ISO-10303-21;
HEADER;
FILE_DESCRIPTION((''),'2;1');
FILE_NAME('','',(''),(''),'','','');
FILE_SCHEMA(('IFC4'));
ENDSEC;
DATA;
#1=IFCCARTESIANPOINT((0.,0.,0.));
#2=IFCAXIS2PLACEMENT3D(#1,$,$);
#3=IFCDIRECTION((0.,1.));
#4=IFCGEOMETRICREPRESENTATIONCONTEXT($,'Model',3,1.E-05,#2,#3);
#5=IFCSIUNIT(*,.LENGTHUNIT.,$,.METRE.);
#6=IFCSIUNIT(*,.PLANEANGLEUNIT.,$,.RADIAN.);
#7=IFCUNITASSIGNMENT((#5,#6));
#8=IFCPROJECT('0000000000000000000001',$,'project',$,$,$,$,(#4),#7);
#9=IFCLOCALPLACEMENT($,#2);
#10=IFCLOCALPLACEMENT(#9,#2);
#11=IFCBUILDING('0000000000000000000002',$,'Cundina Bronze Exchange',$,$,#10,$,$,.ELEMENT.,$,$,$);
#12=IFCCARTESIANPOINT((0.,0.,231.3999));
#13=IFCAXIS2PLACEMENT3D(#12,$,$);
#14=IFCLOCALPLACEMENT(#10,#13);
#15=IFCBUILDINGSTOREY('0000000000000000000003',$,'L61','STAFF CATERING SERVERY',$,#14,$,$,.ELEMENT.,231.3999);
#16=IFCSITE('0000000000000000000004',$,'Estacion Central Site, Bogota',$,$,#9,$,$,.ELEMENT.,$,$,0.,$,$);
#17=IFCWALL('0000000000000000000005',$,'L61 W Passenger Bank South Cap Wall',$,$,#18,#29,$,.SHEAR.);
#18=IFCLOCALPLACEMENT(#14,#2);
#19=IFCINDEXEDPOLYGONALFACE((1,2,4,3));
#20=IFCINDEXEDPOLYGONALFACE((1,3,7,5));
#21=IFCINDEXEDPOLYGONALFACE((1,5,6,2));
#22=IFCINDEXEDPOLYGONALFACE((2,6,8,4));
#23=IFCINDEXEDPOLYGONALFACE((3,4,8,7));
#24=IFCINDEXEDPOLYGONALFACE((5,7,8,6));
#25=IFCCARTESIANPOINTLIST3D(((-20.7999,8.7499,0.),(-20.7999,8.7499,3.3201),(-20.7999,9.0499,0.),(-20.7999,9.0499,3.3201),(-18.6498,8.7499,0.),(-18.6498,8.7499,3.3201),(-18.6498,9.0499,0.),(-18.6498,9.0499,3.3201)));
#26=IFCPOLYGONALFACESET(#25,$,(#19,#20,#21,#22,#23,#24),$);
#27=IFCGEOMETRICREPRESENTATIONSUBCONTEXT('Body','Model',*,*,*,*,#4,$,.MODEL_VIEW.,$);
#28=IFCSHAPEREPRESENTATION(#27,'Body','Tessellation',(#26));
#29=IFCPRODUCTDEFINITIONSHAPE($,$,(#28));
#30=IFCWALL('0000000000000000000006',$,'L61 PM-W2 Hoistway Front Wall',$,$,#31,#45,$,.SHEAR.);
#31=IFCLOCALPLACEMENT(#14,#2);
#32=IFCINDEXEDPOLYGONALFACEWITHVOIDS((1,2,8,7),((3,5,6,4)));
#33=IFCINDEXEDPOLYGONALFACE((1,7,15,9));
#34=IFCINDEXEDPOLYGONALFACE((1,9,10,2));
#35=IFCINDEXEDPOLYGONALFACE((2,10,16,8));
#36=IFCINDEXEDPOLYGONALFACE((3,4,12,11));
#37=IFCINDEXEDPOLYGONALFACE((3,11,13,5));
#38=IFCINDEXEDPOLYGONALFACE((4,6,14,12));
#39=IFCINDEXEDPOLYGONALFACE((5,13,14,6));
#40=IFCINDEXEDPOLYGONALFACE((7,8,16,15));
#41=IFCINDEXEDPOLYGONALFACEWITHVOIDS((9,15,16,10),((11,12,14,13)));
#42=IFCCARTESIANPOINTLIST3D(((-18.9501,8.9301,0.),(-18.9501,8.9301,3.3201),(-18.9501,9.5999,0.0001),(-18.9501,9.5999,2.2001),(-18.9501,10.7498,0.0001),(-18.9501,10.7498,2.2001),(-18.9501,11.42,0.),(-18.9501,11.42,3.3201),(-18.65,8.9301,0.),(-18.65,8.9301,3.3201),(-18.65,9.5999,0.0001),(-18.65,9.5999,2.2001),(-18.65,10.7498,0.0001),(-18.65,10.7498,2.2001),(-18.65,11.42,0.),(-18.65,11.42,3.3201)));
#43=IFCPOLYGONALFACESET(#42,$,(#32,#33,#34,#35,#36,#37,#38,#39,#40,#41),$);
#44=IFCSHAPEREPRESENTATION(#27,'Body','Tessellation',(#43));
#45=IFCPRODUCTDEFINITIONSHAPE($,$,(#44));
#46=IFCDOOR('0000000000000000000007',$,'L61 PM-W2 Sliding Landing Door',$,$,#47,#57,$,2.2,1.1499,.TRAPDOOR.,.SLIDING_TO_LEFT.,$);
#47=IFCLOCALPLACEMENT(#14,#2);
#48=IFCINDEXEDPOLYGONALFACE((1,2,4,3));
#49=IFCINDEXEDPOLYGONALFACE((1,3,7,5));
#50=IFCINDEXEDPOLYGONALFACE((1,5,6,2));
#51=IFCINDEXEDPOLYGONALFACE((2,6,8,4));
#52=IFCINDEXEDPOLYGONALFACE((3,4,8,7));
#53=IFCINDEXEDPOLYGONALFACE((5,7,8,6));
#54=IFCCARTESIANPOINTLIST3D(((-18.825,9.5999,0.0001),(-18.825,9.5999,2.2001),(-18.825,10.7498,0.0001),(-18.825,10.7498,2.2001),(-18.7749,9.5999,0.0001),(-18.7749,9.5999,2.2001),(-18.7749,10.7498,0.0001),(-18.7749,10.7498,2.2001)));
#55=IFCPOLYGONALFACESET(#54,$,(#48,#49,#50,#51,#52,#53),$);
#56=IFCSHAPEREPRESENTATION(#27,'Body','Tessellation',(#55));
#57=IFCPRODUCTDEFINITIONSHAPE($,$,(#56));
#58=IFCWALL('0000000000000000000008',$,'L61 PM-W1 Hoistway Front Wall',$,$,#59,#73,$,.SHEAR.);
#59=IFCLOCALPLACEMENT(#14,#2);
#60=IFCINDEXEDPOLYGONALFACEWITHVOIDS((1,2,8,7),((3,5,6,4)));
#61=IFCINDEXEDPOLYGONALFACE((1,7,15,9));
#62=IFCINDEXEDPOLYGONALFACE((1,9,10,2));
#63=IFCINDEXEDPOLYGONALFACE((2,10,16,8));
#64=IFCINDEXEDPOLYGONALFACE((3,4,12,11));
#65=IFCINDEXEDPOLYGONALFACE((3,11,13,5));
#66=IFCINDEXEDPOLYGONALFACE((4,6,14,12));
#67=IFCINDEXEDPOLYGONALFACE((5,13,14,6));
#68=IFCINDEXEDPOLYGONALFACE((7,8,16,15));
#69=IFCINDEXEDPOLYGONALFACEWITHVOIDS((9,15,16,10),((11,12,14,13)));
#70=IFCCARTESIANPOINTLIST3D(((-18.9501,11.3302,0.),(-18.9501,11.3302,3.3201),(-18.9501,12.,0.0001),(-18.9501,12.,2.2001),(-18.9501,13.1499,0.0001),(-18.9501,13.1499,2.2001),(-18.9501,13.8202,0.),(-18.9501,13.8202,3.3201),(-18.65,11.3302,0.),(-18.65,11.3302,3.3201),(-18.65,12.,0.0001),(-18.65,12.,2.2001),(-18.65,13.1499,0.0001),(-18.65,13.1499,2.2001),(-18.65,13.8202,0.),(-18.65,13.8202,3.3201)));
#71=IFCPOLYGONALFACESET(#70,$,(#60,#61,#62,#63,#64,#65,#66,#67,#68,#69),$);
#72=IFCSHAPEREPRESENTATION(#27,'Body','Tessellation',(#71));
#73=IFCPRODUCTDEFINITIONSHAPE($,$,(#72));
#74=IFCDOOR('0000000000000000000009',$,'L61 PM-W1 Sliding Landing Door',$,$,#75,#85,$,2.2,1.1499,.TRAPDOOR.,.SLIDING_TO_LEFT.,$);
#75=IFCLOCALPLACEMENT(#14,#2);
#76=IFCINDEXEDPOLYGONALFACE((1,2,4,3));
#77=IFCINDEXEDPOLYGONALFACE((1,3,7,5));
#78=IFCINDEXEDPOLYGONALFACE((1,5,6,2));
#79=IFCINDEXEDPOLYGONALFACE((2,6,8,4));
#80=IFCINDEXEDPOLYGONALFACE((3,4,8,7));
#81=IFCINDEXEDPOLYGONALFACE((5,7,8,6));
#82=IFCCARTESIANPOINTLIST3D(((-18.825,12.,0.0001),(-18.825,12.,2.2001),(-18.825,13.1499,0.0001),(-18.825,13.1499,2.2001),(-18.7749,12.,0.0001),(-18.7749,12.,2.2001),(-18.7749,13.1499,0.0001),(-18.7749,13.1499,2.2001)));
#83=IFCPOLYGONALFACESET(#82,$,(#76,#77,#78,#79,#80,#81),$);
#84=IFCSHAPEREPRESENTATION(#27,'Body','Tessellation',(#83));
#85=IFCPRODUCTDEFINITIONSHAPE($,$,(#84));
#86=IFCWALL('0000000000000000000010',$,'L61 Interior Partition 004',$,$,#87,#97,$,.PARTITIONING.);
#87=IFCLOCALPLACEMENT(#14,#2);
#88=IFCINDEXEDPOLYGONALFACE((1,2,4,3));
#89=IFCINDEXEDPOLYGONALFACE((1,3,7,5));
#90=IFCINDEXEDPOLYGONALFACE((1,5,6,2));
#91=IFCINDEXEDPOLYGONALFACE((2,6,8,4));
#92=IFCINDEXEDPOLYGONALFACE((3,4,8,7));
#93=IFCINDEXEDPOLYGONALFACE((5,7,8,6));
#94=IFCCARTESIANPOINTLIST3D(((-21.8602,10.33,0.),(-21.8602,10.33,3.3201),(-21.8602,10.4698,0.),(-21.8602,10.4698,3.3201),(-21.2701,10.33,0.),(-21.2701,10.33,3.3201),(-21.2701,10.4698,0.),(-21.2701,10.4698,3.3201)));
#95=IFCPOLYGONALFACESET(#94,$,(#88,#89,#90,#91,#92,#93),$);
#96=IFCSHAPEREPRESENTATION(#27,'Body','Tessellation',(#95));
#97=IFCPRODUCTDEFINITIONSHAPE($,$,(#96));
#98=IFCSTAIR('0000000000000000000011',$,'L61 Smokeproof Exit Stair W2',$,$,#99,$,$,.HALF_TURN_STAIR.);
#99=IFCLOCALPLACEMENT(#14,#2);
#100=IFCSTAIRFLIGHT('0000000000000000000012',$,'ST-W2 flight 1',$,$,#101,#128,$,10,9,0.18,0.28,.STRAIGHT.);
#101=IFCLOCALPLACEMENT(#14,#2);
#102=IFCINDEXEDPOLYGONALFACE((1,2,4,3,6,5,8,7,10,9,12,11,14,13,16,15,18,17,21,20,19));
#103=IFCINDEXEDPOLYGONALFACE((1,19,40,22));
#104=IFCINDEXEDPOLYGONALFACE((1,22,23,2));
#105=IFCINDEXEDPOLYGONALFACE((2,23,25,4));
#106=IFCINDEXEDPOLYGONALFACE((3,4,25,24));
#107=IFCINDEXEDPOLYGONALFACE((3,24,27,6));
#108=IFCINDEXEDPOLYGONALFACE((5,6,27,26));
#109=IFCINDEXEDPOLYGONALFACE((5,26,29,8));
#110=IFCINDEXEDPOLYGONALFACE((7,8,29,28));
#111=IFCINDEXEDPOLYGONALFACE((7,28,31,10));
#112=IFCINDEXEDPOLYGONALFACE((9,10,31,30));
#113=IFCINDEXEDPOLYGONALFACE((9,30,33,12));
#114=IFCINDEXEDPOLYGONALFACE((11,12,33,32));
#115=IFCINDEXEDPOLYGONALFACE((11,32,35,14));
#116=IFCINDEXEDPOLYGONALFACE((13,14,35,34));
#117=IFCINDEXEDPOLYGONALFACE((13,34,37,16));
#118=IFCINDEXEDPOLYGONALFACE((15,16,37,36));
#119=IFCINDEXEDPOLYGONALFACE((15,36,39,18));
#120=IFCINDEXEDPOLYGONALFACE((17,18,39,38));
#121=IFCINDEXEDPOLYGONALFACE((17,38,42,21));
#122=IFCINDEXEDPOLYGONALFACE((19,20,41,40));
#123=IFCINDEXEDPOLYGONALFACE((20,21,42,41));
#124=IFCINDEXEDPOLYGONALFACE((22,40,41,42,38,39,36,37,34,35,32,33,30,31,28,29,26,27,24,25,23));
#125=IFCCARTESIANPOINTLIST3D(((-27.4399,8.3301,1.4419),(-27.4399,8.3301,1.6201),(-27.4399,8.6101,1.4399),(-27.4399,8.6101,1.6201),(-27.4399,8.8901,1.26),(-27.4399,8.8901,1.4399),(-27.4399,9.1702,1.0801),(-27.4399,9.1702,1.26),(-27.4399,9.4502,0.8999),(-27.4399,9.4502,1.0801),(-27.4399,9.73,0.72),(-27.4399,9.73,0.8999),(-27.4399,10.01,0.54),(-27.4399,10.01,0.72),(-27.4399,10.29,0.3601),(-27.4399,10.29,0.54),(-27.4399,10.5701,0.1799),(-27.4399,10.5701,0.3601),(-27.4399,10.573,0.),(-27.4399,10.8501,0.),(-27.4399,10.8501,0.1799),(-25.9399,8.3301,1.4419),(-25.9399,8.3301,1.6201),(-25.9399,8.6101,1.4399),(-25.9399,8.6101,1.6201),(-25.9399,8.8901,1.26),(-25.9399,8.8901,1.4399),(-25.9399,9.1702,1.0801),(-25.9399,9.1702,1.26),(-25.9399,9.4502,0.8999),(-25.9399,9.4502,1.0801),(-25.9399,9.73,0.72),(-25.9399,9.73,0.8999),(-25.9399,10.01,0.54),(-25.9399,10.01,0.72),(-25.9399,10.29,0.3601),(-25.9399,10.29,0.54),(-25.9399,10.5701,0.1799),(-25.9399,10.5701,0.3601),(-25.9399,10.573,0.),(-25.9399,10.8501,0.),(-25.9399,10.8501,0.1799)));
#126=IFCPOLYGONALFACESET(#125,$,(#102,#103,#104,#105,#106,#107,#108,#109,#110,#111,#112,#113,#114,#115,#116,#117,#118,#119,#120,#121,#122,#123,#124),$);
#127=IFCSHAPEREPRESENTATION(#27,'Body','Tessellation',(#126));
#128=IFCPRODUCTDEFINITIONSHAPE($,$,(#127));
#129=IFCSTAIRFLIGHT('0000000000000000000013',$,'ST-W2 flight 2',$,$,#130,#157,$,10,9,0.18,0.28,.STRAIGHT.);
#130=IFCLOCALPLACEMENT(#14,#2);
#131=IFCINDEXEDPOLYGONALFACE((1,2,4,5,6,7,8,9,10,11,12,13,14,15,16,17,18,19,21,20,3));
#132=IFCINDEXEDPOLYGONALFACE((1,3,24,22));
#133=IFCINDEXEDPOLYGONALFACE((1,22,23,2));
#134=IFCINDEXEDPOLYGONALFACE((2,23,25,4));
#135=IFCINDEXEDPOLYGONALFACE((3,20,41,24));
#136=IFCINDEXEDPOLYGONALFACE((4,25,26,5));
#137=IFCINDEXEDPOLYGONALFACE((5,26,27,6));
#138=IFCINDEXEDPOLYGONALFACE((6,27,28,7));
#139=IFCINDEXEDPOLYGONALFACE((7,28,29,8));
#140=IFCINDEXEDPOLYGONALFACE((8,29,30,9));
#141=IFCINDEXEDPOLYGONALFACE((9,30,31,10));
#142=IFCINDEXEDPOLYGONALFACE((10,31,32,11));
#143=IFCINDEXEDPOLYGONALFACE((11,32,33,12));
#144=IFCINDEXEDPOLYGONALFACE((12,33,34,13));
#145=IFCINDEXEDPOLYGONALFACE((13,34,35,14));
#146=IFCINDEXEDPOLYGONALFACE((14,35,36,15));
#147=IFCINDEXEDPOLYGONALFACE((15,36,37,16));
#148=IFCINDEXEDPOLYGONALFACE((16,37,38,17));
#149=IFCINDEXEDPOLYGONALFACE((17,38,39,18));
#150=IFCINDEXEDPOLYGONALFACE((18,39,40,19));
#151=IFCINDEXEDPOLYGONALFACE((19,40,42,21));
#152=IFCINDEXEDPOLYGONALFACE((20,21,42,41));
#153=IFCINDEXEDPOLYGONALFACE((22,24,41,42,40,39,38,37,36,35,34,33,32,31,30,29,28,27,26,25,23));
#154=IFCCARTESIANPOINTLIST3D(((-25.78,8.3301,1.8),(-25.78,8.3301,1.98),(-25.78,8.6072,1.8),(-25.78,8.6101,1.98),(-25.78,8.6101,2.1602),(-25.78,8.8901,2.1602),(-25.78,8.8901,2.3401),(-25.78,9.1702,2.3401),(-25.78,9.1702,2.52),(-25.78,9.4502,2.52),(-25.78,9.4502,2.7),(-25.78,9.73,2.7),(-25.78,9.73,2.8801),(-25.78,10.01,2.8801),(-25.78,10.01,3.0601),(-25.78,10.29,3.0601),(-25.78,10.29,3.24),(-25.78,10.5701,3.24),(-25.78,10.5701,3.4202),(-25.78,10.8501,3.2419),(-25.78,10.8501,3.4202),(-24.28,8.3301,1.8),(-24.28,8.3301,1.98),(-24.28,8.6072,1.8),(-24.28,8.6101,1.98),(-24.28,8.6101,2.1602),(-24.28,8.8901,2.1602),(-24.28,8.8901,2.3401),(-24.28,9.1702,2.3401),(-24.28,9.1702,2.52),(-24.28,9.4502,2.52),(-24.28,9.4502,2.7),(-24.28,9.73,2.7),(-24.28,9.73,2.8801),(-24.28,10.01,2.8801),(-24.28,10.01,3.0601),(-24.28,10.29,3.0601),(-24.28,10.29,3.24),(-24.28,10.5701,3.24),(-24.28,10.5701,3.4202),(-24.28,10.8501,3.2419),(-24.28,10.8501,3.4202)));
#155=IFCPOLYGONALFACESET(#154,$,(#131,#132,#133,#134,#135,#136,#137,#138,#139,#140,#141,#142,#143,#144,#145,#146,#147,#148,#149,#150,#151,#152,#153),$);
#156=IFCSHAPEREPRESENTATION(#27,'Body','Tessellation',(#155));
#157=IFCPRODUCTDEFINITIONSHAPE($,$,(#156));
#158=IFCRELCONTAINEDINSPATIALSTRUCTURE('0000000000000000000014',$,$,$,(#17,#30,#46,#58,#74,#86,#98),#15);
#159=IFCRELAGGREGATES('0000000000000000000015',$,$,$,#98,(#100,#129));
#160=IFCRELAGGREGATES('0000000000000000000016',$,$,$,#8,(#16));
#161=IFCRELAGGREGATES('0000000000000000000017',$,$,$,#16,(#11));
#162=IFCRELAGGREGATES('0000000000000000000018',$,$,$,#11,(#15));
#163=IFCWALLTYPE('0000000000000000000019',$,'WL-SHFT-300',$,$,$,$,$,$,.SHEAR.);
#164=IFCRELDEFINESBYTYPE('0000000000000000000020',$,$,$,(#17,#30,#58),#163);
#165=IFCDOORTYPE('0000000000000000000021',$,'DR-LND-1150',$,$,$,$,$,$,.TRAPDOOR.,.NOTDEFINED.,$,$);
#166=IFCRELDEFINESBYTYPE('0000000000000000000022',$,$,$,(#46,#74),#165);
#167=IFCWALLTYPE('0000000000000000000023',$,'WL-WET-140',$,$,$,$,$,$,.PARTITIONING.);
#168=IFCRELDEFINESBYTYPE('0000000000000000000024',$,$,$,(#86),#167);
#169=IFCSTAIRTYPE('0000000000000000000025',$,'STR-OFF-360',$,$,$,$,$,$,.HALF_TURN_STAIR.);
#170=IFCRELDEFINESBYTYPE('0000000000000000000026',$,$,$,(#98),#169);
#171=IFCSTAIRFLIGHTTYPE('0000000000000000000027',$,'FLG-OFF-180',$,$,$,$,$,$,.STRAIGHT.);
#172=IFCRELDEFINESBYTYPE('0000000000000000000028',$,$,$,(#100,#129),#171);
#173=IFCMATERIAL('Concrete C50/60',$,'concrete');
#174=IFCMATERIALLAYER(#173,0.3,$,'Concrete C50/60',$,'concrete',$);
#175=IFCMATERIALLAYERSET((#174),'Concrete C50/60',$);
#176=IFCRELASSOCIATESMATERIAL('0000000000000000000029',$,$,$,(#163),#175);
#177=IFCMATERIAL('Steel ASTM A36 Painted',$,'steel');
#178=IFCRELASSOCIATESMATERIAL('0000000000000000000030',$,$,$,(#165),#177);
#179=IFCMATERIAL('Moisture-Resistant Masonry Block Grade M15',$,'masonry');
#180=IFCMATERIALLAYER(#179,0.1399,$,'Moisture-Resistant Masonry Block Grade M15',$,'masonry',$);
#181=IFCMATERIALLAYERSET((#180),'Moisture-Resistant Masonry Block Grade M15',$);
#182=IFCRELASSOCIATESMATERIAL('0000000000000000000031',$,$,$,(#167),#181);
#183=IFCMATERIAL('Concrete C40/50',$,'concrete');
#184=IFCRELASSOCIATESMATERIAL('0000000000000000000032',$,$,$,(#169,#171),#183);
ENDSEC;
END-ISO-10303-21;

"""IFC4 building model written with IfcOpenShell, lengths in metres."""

from ifc_helpers import new_model, si_unit, direction, frame, frame_2d, origin, place, context, subcontext, project, spatial, polyline, rectangle, outline, extrude, material, layer, layer_set, type_object, element, fill, aggregate, save


model = new_model("IFC4")

# Units and contexts
model_context = context("Model", 3, precision=1e-05, world=origin(), true_north=direction((0.0, 1.0)))
body_context = subcontext(model_context, "Body", "Model", "MODEL_VIEW")
ifc_project = project(units=[si_unit("LENGTHUNIT", "METRE"), si_unit("PLANEANGLEUNIT", "RADIAN")], contexts=[model_context])

# Site, building, storey
site_placement = place(None, origin())
site = spatial("IfcSite", under=ifc_project, at=site_placement, Name="Estacion Central Site, Bogota", CompositionType="ELEMENT", RefElevation=0.0)
building_placement = place(site_placement, origin())
building = spatial("IfcBuilding", under=site, at=building_placement, Name="Cundina Bronze Exchange", CompositionType="ELEMENT")
storey_placement = place(building_placement, frame((0.0, 0.0, 231.3999)))
storey = spatial("IfcBuildingStorey", under=building, at=storey_placement, Name="L61", Description="STAFF CATERING SERVERY", CompositionType="ELEMENT", Elevation=231.3999)

# Shared definitions
ifc_material_1 = material(Name="Concrete C50/60", Category="concrete")

# Shared definitions
ifc_layer_1 = layer(ifc_material_1, 0.3, Name="Concrete C50/60", Category="concrete")
ifc_layer_set_1 = layer_set([ifc_layer_1], Name="Concrete C50/60")
wall_type_1 = type_object("IfcWallType", Name="WL-SHFT-300", PredefinedType="SHEAR", material=ifc_layer_set_1)
ifc_material_2 = material(Name="Steel ASTM A36 Painted", Category="steel")
door_type = type_object("IfcDoorType", Name="DR-LND-1150", OperationType="NOTDEFINED", PredefinedType="TRAPDOOR", material=ifc_material_2)

# Wall
wall_1_placement = place(storey_placement, frame((-20.8, 8.8999, 0.0), z_axis=(0.0, 0.0, 1.0), x_axis=(1.0, 0.0, 0.0)))
element("IfcWall", 1, at=wall_1_placement, inside=storey, type_object=wall_type_1, Name="L61 W Passenger Bank South Cap Wall", PredefinedType="SHEAR", context=body_context, shape_type="SweptSolid", body=[
    extrude(rectangle(XDim=2.1501, YDim=0.3, at=frame_2d((1.0752, 0.0))), origin(), (0.0, 0.0, 1.0), 3.3201),
])

# Walls, openings, doors
wall_2_placement = place(storey_placement, frame((-18.8, 8.9299, 0.0), z_axis=(0.0, 0.0, 1.0), x_axis=(0.0, 1.0, 0.0)))
wall_2 = element("IfcWall", 2, at=wall_2_placement, inside=storey, type_object=wall_type_1, Name="L61 PM-W2 Hoistway Front Wall", PredefinedType="SHEAR", context=body_context, shape_type="SweptSolid", body=[
    extrude(rectangle(XDim=2.49, YDim=0.3, at=frame_2d((1.2451, 0.0))), origin(), (0.0, 0.0, 1.0), 3.3201),
])
opening_1_placement = place(wall_2_placement, frame((0.6699, 0.0, 0.0)))
opening_1 = element("IfcOpeningElement", 3, at=opening_1_placement, cuts=wall_2, PredefinedType="OPENING", context=body_context, shape_type="SweptSolid", body=[
    extrude(rectangle(XDim=1.1499, YDim=2.2, at=frame_2d((0.575, 1.1001))), frame((0.0, 0.1599, 0.0), z_axis=(0.0, -1.0, 0.0), x_axis=(1.0, 0.0, 0.0)), (0.0, 0.0, 1.0), 0.3201),
])
door_1_placement = place(opening_1_placement, origin())
door_1 = element("IfcDoor", 4, at=door_1_placement, inside=storey, type_object=door_type, Name="L61 PM-W2 Sliding Landing Door", OperationType="SLIDING_TO_LEFT", OverallHeight=2.2, OverallWidth=1.1499, PredefinedType="TRAPDOOR", context=body_context, shape_type="SweptSolid", body=[
    extrude(rectangle(XDim=1.1499, YDim=2.2, at=frame_2d((0.575, 1.1001))), frame((0.0, 0.0249, 0.0), z_axis=(0.0, -1.0, 0.0), x_axis=(1.0, 0.0, 0.0)), (0.0, 0.0, 1.0), 0.05),
])
fill(opening_1, door_1)
wall_3_placement = place(storey_placement, frame((-18.8, 11.3301, 0.0), z_axis=(0.0, 0.0, 1.0), x_axis=(0.0, 1.0, 0.0)))
wall_3 = element("IfcWall", 5, at=wall_3_placement, inside=storey, type_object=wall_type_1, Name="L61 PM-W1 Hoistway Front Wall", PredefinedType="SHEAR", context=body_context, shape_type="SweptSolid", body=[
    extrude(rectangle(XDim=2.49, YDim=0.3, at=frame_2d((1.2451, 0.0))), origin(), (0.0, 0.0, 1.0), 3.3201),
])
opening_2_placement = place(wall_3_placement, frame((0.6699, 0.0, 0.0)))
opening_2 = element("IfcOpeningElement", 6, at=opening_2_placement, cuts=wall_3, PredefinedType="OPENING", context=body_context, shape_type="SweptSolid", body=[
    extrude(rectangle(XDim=1.1499, YDim=2.2, at=frame_2d((0.575, 1.1001))), frame((0.0, 0.1599, 0.0), z_axis=(0.0, -1.0, 0.0), x_axis=(1.0, 0.0, 0.0)), (0.0, 0.0, 1.0), 0.3201),
])
door_2_placement = place(opening_2_placement, origin())
door_2 = element("IfcDoor", 7, at=door_2_placement, inside=storey, type_object=door_type, Name="L61 PM-W1 Sliding Landing Door", OperationType="SLIDING_TO_LEFT", OverallHeight=2.2, OverallWidth=1.1499, PredefinedType="TRAPDOOR", context=body_context, shape_type="SweptSolid", body=[
    extrude(rectangle(XDim=1.1499, YDim=2.2, at=frame_2d((0.575, 1.1001))), frame((0.0, 0.0249, 0.0), z_axis=(0.0, -1.0, 0.0), x_axis=(1.0, 0.0, 0.0)), (0.0, 0.0, 1.0), 0.05),
])
fill(opening_2, door_2)

# Wall
ifc_material_3 = material(Name="Moisture-Resistant Masonry Block Grade M15", Category="masonry")
ifc_layer_2 = layer(ifc_material_3, 0.1399, Name="Moisture-Resistant Masonry Block Grade M15", Category="masonry")
ifc_layer_set_2 = layer_set([ifc_layer_2], Name="Moisture-Resistant Masonry Block Grade M15")
wall_type_2 = type_object("IfcWallType", Name="WL-WET-140", PredefinedType="PARTITIONING", material=ifc_layer_set_2)
wall_4_placement = place(storey_placement, frame((-21.8601, 10.3999, 0.0), z_axis=(0.0, 0.0, 1.0), x_axis=(1.0, 0.0, 0.0)))
element("IfcWall", 8, at=wall_4_placement, inside=storey, type_object=wall_type_2, Name="L61 Interior Partition 004", PredefinedType="PARTITIONING", context=body_context, shape_type="SweptSolid", body=[
    extrude(rectangle(XDim=0.5901, YDim=0.1399, at=frame_2d((0.2949, 0.0))), origin(), (0.0, 0.0, 1.0), 3.3201),
])

# Stair, stair flights
ifc_material_4 = material(Name="Concrete C40/50", Category="concrete")
stair_type = type_object("IfcStairType", Name="STR-OFF-360", PredefinedType="HALF_TURN_STAIR", material=ifc_material_4)
stair_placement = place(storey_placement, origin())
stair = element("IfcStair", 9, at=stair_placement, inside=storey, type_object=stair_type, Name="L61 Smokeproof Exit Stair W2", PredefinedType="HALF_TURN_STAIR")
stair_flight_type = type_object("IfcStairFlightType", Name="FLG-OFF-180", PredefinedType="STRAIGHT", material=ifc_material_4)
stair_flight_1_placement = place(storey_placement, frame((-26.6899, 10.8501, 0.0), z_axis=(0.0, 0.0, 1.0), x_axis=(0.0, -1.0, 0.0)))
stair_flight_1 = element("IfcStairFlight", 10, at=stair_flight_1_placement, type_object=stair_flight_type, Name="ST-W2 flight 1", NumberOfRisers=10, NumberOfTreads=9, PredefinedType="STRAIGHT", RiserHeight=0.18, TreadLength=0.28, context=body_context, shape_type="SweptSolid", body=[
    extrude(outline(polyline([(0.0, 0.0), (0.0, 0.1799), (0.28, 0.1799), (0.28, 0.3601), (0.5601, 0.3601), (0.5601, 0.54), (0.8401, 0.54), (0.8401, 0.72), (1.1201, 0.72), (1.1201, 0.8999), (1.3999, 0.8999), (1.3999, 1.0801), (1.6799, 1.0801), (1.6799, 1.26), (1.96, 1.26), (1.96, 1.4399), (2.24, 1.4399), (2.24, 1.6201), (2.52, 1.6201), (2.52, 1.8), (2.52, 1.4419), (0.2771, 0.0), (0.0, 0.0)])), frame((0.0, 0.75, 0.0), z_axis=(0.0, -1.0, 0.0), x_axis=(1.0, 0.0, 0.0)), (0.0, 0.0, 1.0), 1.5),
])
stair_flight_2_placement = place(storey_placement, frame((-25.03, 8.3301, 1.8), z_axis=(0.0, 0.0, 1.0), x_axis=(0.0, 1.0, 0.0)))
stair_flight_2 = element("IfcStairFlight", 11, at=stair_flight_2_placement, type_object=stair_flight_type, Name="ST-W2 flight 2", NumberOfRisers=10, NumberOfTreads=9, PredefinedType="STRAIGHT", RiserHeight=0.18, TreadLength=0.28, context=body_context, shape_type="SweptSolid", body=[
    extrude(outline(polyline([(0.0, 0.0), (0.0, 0.1799), (0.28, 0.1799), (0.28, 0.3601), (0.5601, 0.3601), (0.5601, 0.54), (0.8401, 0.54), (0.8401, 0.72), (1.1201, 0.72), (1.1201, 0.8999), (1.3999, 0.8999), (1.3999, 1.0801), (1.6799, 1.0801), (1.6799, 1.26), (1.96, 1.26), (1.96, 1.4399), (2.24, 1.4399), (2.24, 1.6201), (2.52, 1.6201), (2.52, 1.8), (2.52, 1.4419), (0.2771, 0.0), (0.0, 0.0)])), frame((0.0, 0.75, 0.0), z_axis=(0.0, -1.0, 0.0), x_axis=(1.0, 0.0, 0.0)), (0.0, 0.0, 1.0), 1.5),
])
aggregate(stair, [stair_flight_1, stair_flight_2])

save(model, "model.ifc")
